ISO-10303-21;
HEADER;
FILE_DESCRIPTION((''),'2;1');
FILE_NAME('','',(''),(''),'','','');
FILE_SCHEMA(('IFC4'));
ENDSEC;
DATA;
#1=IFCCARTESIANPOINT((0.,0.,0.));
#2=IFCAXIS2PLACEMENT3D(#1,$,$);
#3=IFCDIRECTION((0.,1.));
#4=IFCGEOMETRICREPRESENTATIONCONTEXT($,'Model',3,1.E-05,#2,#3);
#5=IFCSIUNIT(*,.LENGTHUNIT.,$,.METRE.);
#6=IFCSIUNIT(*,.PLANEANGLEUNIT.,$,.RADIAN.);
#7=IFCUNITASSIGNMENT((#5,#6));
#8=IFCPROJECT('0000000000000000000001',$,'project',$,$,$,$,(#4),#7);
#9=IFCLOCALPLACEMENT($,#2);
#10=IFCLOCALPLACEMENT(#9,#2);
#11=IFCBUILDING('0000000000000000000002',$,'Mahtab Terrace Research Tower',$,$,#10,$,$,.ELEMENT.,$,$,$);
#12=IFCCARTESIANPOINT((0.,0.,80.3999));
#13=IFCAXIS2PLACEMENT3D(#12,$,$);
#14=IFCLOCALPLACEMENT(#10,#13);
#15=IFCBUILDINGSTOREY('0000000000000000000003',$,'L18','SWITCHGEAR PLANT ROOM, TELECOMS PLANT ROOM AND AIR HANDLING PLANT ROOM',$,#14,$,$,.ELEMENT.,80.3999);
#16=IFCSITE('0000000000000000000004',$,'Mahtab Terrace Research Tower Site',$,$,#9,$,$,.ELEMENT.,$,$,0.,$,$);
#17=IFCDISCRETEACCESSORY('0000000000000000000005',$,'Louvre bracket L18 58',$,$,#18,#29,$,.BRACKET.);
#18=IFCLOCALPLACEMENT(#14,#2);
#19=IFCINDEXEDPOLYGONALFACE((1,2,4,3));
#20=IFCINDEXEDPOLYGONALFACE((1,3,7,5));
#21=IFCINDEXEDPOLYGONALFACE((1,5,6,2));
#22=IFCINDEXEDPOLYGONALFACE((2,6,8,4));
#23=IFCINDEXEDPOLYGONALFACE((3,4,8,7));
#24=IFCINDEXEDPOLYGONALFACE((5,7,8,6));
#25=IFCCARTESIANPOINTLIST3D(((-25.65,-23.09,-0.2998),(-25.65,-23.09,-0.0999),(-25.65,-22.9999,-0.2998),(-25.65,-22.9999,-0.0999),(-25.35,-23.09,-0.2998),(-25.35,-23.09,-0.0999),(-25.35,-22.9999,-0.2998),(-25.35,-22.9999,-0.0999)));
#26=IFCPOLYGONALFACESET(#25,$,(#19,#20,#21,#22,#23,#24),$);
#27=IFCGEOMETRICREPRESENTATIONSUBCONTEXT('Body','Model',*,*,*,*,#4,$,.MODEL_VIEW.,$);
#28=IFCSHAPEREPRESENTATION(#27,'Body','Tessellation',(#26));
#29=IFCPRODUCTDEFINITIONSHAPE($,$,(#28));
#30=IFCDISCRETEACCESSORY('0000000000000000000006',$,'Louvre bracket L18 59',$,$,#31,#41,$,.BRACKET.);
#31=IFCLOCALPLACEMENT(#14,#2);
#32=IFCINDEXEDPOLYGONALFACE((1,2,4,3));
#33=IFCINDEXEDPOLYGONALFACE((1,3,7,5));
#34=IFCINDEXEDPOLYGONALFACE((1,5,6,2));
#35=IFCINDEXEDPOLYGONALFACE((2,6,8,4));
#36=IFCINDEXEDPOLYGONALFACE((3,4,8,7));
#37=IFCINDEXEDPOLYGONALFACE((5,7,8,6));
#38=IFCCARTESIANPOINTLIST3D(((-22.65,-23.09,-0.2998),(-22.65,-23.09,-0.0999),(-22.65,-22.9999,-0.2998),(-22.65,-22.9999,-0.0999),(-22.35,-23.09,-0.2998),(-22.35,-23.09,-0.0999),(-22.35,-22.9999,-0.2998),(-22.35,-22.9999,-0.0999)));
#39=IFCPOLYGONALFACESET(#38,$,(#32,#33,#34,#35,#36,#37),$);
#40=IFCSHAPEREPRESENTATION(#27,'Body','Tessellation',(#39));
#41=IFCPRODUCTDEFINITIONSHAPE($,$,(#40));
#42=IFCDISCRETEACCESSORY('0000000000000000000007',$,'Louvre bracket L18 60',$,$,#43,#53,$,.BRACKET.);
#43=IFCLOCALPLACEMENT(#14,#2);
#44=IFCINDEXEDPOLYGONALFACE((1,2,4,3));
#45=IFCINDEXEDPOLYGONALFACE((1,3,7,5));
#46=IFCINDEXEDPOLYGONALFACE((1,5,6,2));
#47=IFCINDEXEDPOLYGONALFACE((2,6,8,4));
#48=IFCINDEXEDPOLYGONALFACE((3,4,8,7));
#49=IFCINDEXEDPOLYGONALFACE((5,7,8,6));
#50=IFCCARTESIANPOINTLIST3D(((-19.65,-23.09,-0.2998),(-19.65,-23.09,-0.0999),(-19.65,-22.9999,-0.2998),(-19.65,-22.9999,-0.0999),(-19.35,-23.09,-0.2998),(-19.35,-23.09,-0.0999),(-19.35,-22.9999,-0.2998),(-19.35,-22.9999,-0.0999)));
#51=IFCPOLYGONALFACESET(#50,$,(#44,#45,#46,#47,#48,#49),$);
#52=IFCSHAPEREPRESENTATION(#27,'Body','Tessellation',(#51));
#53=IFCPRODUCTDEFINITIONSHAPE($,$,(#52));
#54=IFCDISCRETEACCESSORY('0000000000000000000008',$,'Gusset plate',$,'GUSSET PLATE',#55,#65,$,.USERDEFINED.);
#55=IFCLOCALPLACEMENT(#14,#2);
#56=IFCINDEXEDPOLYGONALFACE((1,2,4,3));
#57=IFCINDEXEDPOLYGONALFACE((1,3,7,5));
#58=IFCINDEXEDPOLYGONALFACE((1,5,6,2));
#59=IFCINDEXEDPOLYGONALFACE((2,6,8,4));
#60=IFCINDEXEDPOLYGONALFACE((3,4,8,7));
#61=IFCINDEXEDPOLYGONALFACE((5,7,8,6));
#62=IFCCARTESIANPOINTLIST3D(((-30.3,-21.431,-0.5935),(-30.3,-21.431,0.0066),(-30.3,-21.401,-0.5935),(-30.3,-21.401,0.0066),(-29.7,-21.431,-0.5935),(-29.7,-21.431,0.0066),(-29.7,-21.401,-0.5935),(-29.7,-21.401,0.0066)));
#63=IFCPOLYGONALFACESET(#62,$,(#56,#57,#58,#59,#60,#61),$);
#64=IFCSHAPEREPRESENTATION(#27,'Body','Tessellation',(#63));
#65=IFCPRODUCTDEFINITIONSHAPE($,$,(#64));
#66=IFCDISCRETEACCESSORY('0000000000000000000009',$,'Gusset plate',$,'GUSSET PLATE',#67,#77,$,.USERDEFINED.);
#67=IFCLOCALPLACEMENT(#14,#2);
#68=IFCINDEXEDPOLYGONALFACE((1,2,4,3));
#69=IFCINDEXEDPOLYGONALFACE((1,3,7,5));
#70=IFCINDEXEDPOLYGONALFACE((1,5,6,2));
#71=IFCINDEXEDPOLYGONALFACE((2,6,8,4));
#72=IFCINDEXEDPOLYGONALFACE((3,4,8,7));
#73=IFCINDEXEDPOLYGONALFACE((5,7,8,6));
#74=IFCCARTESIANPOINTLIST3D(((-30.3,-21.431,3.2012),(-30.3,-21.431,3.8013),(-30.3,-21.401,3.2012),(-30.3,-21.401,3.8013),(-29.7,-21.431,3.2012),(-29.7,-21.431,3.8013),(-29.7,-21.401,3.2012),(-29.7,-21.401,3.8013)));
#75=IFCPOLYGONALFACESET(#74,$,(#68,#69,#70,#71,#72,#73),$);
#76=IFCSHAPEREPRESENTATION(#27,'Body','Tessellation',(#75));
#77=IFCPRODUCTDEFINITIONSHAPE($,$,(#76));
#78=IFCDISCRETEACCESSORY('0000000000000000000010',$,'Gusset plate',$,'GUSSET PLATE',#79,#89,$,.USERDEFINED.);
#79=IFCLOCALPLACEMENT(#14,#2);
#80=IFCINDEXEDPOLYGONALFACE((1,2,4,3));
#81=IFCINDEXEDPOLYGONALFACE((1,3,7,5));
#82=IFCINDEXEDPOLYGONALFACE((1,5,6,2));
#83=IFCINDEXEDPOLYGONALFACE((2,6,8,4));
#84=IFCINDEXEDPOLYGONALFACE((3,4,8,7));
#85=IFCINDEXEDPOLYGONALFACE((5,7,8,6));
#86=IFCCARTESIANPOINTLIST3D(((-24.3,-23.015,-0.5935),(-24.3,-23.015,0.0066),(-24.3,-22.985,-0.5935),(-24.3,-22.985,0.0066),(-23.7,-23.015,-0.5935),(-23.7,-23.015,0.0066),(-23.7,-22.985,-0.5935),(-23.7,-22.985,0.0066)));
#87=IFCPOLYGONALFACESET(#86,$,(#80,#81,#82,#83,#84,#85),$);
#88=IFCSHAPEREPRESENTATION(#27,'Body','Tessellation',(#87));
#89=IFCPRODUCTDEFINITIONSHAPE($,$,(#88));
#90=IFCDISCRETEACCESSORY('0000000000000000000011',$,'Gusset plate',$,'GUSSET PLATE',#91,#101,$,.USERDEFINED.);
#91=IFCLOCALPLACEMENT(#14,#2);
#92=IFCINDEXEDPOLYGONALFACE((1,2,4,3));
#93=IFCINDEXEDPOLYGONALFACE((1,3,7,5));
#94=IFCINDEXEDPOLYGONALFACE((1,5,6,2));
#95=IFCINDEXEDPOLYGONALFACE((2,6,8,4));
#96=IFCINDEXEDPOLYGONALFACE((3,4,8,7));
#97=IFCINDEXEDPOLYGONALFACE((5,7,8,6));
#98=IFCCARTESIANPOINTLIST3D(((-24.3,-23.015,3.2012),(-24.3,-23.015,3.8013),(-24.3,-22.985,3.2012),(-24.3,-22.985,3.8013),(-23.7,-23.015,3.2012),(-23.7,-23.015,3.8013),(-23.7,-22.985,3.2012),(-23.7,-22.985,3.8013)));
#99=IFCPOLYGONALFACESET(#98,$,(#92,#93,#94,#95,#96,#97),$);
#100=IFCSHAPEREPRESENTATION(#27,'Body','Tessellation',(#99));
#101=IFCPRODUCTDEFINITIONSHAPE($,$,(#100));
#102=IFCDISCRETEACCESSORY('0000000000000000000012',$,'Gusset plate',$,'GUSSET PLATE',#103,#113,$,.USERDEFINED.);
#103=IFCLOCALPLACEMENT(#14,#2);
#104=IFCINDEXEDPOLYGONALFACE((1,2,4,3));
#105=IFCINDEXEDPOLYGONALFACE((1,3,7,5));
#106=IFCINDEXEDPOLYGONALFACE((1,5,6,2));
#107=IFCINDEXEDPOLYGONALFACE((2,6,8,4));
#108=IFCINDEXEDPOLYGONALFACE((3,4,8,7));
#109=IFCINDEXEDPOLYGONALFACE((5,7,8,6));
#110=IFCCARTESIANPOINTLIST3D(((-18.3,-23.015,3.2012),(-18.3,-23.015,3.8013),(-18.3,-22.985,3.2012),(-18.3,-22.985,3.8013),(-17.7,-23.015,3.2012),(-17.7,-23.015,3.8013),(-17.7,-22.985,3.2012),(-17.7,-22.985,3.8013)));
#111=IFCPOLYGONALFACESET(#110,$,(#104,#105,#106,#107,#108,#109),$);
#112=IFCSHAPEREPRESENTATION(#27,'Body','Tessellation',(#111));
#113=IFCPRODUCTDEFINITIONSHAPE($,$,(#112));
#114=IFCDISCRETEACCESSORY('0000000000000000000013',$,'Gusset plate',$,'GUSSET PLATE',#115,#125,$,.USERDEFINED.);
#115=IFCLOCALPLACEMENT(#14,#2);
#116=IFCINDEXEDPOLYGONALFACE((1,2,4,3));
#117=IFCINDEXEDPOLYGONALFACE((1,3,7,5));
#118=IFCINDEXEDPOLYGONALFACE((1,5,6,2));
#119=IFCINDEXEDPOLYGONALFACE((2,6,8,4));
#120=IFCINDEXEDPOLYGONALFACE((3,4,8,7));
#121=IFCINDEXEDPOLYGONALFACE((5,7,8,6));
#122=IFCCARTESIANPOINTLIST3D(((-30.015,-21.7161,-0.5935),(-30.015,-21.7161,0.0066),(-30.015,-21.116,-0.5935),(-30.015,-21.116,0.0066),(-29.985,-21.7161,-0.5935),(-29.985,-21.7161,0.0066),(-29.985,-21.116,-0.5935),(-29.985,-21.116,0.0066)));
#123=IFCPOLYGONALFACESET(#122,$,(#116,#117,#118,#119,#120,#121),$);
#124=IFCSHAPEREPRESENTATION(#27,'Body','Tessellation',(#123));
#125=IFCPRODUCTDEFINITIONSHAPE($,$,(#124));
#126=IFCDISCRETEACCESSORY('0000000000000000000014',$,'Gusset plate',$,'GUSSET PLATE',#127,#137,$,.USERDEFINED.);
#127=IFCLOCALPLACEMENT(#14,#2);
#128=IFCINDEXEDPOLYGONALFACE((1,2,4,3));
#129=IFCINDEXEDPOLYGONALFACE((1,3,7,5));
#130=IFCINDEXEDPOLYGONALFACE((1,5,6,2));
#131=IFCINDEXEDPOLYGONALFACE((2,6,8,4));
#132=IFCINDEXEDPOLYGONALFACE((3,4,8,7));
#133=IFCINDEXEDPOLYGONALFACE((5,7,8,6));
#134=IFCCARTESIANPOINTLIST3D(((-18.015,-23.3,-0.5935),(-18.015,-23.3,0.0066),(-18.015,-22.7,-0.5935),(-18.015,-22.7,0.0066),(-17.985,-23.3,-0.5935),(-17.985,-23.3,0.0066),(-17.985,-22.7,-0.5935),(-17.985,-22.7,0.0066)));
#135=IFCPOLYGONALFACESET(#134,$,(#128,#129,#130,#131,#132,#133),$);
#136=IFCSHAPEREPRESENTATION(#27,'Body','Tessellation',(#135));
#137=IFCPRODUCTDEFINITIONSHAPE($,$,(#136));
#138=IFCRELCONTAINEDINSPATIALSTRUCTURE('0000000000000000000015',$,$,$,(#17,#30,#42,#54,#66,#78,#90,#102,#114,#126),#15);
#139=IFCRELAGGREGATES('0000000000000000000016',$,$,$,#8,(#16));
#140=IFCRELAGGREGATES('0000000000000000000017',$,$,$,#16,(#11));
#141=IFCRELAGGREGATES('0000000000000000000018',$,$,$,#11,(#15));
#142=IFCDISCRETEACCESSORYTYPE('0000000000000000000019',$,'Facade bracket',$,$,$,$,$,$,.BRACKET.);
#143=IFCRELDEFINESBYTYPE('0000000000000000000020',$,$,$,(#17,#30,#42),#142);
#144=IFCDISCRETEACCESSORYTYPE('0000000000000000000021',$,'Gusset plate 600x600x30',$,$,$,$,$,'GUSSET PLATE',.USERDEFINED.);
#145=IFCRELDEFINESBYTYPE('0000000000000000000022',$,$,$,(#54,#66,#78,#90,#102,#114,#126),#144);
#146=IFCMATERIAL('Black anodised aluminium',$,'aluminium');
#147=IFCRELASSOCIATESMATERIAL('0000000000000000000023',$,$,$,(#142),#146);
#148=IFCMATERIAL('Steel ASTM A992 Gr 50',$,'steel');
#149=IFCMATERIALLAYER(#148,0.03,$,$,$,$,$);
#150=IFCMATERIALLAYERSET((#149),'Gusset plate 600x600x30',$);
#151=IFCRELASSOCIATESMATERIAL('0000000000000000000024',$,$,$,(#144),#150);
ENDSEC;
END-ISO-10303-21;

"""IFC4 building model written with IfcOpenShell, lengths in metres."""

from ifc_helpers import new_model, si_unit, direction, frame, origin, origin_2d, place, context, subcontext, project, spatial, rectangle, extrude, material, layer, layer_set, type_object, element, save


model = new_model("IFC4")

# Units and contexts
model_context = context("Model", 3, precision=1e-05, world=origin(), true_north=direction((0.0, 1.0)))
body_context = subcontext(model_context, "Body", "Model", "MODEL_VIEW")
ifc_project = project(units=[si_unit("LENGTHUNIT", "METRE"), si_unit("PLANEANGLEUNIT", "RADIAN")], contexts=[model_context])

# Site, building, storey
site_placement = place(None, origin())
site = spatial("IfcSite", under=ifc_project, at=site_placement, Name="Mahtab Terrace Research Tower Site", CompositionType="ELEMENT", RefElevation=0.0)
building_placement = place(site_placement, origin())
building = spatial("IfcBuilding", under=site, at=building_placement, Name="Mahtab Terrace Research Tower", CompositionType="ELEMENT")
storey_placement = place(building_placement, frame((0.0, 0.0, 80.3999)))
storey = spatial("IfcBuildingStorey", under=building, at=storey_placement, Name="L18", Description="SWITCHGEAR PLANT ROOM, TELECOMS PLANT ROOM AND AIR HANDLING PLANT ROOM", CompositionType="ELEMENT", Elevation=80.3999)

# Shared definitions
ifc_material_1 = material(Name="Steel ASTM A992 Gr 50", Category="steel")

# Discrete accessories
ifc_material_2 = material(Name="Black anodised aluminium", Category="aluminium")
discrete_accessory_type_1 = type_object("IfcDiscreteAccessoryType", Name="Facade bracket", PredefinedType="BRACKET", material=ifc_material_2)
for number, where, z_axis, x_axis, name in (
    (1, (-25.5, -23.0449, -0.2998), (0.0, 0.0, 1.0), (1.0, 0.0, 0.0), "Louvre bracket L18 58"),
    (2, (-22.5, -23.0449, -0.2998), (0.0, 0.0, 1.0), (1.0, 0.0, 0.0), "Louvre bracket L18 59"),
    (3, (-19.5, -23.0449, -0.2998), (0.0, 0.0, 1.0), (1.0, 0.0, 0.0), "Louvre bracket L18 60"),
):
    element("IfcDiscreteAccessory", number, at=place(storey_placement, frame(where, z_axis=z_axis, x_axis=x_axis)), inside=storey, type_object=discrete_accessory_type_1, Name=name, PredefinedType="BRACKET", context=body_context, shape_type="SweptSolid", body=[
        extrude(rectangle(XDim=0.3, YDim=0.0901, at=origin_2d()), origin(), (0.0, 0.0, 1.0), 0.2),
    ])
ifc_layer = layer(ifc_material_1, 0.03)
ifc_layer_set = layer_set([ifc_layer], Name="Gusset plate 600x600x30")
discrete_accessory_type_2 = type_object("IfcDiscreteAccessoryType", Name="Gusset plate 600x600x30", ElementType="GUSSET PLATE", PredefinedType="USERDEFINED", material=ifc_layer_set)
for number, where, z_axis, x_axis, name in (
    (4, (-30.0, -21.416, -0.5935), (0.0, 0.0, 1.0), (1.0, 0.0, 0.0), "Gusset plate"),
    (5, (-30.0, -21.416, 3.2012), (0.0, 0.0, 1.0), (1.0, 0.0, 0.0), "Gusset plate"),
    (6, (-24.0, -23.0, -0.5935), (0.0, 0.0, 1.0), (1.0, 0.0, 0.0), "Gusset plate"),
    (7, (-24.0, -23.0, 3.2012), (0.0, 0.0, 1.0), (1.0, 0.0, 0.0), "Gusset plate"),
    (8, (-18.0, -23.0, 3.2012), (0.0, 0.0, 1.0), (1.0, 0.0, 0.0), "Gusset plate"),
    (9, (-30.0, -21.416, -0.5935), (0.0, 0.0, 1.0), (0.0, 1.0, 0.0), "Gusset plate"),
    (10, (-18.0, -23.0, -0.5935), (0.0, 0.0, 1.0), (0.0, 1.0, 0.0), "Gusset plate"),
):
    element("IfcDiscreteAccessory", number, at=place(storey_placement, frame(where, z_axis=z_axis, x_axis=x_axis)), inside=storey, type_object=discrete_accessory_type_2, Name=name, ObjectType="GUSSET PLATE", PredefinedType="USERDEFINED", context=body_context, shape_type="SweptSolid", body=[
        extrude(rectangle(XDim=0.6001, YDim=0.03, at=origin_2d()), origin(), (0.0, 0.0, 1.0), 0.6001),
    ])

save(model, "model.ifc")
